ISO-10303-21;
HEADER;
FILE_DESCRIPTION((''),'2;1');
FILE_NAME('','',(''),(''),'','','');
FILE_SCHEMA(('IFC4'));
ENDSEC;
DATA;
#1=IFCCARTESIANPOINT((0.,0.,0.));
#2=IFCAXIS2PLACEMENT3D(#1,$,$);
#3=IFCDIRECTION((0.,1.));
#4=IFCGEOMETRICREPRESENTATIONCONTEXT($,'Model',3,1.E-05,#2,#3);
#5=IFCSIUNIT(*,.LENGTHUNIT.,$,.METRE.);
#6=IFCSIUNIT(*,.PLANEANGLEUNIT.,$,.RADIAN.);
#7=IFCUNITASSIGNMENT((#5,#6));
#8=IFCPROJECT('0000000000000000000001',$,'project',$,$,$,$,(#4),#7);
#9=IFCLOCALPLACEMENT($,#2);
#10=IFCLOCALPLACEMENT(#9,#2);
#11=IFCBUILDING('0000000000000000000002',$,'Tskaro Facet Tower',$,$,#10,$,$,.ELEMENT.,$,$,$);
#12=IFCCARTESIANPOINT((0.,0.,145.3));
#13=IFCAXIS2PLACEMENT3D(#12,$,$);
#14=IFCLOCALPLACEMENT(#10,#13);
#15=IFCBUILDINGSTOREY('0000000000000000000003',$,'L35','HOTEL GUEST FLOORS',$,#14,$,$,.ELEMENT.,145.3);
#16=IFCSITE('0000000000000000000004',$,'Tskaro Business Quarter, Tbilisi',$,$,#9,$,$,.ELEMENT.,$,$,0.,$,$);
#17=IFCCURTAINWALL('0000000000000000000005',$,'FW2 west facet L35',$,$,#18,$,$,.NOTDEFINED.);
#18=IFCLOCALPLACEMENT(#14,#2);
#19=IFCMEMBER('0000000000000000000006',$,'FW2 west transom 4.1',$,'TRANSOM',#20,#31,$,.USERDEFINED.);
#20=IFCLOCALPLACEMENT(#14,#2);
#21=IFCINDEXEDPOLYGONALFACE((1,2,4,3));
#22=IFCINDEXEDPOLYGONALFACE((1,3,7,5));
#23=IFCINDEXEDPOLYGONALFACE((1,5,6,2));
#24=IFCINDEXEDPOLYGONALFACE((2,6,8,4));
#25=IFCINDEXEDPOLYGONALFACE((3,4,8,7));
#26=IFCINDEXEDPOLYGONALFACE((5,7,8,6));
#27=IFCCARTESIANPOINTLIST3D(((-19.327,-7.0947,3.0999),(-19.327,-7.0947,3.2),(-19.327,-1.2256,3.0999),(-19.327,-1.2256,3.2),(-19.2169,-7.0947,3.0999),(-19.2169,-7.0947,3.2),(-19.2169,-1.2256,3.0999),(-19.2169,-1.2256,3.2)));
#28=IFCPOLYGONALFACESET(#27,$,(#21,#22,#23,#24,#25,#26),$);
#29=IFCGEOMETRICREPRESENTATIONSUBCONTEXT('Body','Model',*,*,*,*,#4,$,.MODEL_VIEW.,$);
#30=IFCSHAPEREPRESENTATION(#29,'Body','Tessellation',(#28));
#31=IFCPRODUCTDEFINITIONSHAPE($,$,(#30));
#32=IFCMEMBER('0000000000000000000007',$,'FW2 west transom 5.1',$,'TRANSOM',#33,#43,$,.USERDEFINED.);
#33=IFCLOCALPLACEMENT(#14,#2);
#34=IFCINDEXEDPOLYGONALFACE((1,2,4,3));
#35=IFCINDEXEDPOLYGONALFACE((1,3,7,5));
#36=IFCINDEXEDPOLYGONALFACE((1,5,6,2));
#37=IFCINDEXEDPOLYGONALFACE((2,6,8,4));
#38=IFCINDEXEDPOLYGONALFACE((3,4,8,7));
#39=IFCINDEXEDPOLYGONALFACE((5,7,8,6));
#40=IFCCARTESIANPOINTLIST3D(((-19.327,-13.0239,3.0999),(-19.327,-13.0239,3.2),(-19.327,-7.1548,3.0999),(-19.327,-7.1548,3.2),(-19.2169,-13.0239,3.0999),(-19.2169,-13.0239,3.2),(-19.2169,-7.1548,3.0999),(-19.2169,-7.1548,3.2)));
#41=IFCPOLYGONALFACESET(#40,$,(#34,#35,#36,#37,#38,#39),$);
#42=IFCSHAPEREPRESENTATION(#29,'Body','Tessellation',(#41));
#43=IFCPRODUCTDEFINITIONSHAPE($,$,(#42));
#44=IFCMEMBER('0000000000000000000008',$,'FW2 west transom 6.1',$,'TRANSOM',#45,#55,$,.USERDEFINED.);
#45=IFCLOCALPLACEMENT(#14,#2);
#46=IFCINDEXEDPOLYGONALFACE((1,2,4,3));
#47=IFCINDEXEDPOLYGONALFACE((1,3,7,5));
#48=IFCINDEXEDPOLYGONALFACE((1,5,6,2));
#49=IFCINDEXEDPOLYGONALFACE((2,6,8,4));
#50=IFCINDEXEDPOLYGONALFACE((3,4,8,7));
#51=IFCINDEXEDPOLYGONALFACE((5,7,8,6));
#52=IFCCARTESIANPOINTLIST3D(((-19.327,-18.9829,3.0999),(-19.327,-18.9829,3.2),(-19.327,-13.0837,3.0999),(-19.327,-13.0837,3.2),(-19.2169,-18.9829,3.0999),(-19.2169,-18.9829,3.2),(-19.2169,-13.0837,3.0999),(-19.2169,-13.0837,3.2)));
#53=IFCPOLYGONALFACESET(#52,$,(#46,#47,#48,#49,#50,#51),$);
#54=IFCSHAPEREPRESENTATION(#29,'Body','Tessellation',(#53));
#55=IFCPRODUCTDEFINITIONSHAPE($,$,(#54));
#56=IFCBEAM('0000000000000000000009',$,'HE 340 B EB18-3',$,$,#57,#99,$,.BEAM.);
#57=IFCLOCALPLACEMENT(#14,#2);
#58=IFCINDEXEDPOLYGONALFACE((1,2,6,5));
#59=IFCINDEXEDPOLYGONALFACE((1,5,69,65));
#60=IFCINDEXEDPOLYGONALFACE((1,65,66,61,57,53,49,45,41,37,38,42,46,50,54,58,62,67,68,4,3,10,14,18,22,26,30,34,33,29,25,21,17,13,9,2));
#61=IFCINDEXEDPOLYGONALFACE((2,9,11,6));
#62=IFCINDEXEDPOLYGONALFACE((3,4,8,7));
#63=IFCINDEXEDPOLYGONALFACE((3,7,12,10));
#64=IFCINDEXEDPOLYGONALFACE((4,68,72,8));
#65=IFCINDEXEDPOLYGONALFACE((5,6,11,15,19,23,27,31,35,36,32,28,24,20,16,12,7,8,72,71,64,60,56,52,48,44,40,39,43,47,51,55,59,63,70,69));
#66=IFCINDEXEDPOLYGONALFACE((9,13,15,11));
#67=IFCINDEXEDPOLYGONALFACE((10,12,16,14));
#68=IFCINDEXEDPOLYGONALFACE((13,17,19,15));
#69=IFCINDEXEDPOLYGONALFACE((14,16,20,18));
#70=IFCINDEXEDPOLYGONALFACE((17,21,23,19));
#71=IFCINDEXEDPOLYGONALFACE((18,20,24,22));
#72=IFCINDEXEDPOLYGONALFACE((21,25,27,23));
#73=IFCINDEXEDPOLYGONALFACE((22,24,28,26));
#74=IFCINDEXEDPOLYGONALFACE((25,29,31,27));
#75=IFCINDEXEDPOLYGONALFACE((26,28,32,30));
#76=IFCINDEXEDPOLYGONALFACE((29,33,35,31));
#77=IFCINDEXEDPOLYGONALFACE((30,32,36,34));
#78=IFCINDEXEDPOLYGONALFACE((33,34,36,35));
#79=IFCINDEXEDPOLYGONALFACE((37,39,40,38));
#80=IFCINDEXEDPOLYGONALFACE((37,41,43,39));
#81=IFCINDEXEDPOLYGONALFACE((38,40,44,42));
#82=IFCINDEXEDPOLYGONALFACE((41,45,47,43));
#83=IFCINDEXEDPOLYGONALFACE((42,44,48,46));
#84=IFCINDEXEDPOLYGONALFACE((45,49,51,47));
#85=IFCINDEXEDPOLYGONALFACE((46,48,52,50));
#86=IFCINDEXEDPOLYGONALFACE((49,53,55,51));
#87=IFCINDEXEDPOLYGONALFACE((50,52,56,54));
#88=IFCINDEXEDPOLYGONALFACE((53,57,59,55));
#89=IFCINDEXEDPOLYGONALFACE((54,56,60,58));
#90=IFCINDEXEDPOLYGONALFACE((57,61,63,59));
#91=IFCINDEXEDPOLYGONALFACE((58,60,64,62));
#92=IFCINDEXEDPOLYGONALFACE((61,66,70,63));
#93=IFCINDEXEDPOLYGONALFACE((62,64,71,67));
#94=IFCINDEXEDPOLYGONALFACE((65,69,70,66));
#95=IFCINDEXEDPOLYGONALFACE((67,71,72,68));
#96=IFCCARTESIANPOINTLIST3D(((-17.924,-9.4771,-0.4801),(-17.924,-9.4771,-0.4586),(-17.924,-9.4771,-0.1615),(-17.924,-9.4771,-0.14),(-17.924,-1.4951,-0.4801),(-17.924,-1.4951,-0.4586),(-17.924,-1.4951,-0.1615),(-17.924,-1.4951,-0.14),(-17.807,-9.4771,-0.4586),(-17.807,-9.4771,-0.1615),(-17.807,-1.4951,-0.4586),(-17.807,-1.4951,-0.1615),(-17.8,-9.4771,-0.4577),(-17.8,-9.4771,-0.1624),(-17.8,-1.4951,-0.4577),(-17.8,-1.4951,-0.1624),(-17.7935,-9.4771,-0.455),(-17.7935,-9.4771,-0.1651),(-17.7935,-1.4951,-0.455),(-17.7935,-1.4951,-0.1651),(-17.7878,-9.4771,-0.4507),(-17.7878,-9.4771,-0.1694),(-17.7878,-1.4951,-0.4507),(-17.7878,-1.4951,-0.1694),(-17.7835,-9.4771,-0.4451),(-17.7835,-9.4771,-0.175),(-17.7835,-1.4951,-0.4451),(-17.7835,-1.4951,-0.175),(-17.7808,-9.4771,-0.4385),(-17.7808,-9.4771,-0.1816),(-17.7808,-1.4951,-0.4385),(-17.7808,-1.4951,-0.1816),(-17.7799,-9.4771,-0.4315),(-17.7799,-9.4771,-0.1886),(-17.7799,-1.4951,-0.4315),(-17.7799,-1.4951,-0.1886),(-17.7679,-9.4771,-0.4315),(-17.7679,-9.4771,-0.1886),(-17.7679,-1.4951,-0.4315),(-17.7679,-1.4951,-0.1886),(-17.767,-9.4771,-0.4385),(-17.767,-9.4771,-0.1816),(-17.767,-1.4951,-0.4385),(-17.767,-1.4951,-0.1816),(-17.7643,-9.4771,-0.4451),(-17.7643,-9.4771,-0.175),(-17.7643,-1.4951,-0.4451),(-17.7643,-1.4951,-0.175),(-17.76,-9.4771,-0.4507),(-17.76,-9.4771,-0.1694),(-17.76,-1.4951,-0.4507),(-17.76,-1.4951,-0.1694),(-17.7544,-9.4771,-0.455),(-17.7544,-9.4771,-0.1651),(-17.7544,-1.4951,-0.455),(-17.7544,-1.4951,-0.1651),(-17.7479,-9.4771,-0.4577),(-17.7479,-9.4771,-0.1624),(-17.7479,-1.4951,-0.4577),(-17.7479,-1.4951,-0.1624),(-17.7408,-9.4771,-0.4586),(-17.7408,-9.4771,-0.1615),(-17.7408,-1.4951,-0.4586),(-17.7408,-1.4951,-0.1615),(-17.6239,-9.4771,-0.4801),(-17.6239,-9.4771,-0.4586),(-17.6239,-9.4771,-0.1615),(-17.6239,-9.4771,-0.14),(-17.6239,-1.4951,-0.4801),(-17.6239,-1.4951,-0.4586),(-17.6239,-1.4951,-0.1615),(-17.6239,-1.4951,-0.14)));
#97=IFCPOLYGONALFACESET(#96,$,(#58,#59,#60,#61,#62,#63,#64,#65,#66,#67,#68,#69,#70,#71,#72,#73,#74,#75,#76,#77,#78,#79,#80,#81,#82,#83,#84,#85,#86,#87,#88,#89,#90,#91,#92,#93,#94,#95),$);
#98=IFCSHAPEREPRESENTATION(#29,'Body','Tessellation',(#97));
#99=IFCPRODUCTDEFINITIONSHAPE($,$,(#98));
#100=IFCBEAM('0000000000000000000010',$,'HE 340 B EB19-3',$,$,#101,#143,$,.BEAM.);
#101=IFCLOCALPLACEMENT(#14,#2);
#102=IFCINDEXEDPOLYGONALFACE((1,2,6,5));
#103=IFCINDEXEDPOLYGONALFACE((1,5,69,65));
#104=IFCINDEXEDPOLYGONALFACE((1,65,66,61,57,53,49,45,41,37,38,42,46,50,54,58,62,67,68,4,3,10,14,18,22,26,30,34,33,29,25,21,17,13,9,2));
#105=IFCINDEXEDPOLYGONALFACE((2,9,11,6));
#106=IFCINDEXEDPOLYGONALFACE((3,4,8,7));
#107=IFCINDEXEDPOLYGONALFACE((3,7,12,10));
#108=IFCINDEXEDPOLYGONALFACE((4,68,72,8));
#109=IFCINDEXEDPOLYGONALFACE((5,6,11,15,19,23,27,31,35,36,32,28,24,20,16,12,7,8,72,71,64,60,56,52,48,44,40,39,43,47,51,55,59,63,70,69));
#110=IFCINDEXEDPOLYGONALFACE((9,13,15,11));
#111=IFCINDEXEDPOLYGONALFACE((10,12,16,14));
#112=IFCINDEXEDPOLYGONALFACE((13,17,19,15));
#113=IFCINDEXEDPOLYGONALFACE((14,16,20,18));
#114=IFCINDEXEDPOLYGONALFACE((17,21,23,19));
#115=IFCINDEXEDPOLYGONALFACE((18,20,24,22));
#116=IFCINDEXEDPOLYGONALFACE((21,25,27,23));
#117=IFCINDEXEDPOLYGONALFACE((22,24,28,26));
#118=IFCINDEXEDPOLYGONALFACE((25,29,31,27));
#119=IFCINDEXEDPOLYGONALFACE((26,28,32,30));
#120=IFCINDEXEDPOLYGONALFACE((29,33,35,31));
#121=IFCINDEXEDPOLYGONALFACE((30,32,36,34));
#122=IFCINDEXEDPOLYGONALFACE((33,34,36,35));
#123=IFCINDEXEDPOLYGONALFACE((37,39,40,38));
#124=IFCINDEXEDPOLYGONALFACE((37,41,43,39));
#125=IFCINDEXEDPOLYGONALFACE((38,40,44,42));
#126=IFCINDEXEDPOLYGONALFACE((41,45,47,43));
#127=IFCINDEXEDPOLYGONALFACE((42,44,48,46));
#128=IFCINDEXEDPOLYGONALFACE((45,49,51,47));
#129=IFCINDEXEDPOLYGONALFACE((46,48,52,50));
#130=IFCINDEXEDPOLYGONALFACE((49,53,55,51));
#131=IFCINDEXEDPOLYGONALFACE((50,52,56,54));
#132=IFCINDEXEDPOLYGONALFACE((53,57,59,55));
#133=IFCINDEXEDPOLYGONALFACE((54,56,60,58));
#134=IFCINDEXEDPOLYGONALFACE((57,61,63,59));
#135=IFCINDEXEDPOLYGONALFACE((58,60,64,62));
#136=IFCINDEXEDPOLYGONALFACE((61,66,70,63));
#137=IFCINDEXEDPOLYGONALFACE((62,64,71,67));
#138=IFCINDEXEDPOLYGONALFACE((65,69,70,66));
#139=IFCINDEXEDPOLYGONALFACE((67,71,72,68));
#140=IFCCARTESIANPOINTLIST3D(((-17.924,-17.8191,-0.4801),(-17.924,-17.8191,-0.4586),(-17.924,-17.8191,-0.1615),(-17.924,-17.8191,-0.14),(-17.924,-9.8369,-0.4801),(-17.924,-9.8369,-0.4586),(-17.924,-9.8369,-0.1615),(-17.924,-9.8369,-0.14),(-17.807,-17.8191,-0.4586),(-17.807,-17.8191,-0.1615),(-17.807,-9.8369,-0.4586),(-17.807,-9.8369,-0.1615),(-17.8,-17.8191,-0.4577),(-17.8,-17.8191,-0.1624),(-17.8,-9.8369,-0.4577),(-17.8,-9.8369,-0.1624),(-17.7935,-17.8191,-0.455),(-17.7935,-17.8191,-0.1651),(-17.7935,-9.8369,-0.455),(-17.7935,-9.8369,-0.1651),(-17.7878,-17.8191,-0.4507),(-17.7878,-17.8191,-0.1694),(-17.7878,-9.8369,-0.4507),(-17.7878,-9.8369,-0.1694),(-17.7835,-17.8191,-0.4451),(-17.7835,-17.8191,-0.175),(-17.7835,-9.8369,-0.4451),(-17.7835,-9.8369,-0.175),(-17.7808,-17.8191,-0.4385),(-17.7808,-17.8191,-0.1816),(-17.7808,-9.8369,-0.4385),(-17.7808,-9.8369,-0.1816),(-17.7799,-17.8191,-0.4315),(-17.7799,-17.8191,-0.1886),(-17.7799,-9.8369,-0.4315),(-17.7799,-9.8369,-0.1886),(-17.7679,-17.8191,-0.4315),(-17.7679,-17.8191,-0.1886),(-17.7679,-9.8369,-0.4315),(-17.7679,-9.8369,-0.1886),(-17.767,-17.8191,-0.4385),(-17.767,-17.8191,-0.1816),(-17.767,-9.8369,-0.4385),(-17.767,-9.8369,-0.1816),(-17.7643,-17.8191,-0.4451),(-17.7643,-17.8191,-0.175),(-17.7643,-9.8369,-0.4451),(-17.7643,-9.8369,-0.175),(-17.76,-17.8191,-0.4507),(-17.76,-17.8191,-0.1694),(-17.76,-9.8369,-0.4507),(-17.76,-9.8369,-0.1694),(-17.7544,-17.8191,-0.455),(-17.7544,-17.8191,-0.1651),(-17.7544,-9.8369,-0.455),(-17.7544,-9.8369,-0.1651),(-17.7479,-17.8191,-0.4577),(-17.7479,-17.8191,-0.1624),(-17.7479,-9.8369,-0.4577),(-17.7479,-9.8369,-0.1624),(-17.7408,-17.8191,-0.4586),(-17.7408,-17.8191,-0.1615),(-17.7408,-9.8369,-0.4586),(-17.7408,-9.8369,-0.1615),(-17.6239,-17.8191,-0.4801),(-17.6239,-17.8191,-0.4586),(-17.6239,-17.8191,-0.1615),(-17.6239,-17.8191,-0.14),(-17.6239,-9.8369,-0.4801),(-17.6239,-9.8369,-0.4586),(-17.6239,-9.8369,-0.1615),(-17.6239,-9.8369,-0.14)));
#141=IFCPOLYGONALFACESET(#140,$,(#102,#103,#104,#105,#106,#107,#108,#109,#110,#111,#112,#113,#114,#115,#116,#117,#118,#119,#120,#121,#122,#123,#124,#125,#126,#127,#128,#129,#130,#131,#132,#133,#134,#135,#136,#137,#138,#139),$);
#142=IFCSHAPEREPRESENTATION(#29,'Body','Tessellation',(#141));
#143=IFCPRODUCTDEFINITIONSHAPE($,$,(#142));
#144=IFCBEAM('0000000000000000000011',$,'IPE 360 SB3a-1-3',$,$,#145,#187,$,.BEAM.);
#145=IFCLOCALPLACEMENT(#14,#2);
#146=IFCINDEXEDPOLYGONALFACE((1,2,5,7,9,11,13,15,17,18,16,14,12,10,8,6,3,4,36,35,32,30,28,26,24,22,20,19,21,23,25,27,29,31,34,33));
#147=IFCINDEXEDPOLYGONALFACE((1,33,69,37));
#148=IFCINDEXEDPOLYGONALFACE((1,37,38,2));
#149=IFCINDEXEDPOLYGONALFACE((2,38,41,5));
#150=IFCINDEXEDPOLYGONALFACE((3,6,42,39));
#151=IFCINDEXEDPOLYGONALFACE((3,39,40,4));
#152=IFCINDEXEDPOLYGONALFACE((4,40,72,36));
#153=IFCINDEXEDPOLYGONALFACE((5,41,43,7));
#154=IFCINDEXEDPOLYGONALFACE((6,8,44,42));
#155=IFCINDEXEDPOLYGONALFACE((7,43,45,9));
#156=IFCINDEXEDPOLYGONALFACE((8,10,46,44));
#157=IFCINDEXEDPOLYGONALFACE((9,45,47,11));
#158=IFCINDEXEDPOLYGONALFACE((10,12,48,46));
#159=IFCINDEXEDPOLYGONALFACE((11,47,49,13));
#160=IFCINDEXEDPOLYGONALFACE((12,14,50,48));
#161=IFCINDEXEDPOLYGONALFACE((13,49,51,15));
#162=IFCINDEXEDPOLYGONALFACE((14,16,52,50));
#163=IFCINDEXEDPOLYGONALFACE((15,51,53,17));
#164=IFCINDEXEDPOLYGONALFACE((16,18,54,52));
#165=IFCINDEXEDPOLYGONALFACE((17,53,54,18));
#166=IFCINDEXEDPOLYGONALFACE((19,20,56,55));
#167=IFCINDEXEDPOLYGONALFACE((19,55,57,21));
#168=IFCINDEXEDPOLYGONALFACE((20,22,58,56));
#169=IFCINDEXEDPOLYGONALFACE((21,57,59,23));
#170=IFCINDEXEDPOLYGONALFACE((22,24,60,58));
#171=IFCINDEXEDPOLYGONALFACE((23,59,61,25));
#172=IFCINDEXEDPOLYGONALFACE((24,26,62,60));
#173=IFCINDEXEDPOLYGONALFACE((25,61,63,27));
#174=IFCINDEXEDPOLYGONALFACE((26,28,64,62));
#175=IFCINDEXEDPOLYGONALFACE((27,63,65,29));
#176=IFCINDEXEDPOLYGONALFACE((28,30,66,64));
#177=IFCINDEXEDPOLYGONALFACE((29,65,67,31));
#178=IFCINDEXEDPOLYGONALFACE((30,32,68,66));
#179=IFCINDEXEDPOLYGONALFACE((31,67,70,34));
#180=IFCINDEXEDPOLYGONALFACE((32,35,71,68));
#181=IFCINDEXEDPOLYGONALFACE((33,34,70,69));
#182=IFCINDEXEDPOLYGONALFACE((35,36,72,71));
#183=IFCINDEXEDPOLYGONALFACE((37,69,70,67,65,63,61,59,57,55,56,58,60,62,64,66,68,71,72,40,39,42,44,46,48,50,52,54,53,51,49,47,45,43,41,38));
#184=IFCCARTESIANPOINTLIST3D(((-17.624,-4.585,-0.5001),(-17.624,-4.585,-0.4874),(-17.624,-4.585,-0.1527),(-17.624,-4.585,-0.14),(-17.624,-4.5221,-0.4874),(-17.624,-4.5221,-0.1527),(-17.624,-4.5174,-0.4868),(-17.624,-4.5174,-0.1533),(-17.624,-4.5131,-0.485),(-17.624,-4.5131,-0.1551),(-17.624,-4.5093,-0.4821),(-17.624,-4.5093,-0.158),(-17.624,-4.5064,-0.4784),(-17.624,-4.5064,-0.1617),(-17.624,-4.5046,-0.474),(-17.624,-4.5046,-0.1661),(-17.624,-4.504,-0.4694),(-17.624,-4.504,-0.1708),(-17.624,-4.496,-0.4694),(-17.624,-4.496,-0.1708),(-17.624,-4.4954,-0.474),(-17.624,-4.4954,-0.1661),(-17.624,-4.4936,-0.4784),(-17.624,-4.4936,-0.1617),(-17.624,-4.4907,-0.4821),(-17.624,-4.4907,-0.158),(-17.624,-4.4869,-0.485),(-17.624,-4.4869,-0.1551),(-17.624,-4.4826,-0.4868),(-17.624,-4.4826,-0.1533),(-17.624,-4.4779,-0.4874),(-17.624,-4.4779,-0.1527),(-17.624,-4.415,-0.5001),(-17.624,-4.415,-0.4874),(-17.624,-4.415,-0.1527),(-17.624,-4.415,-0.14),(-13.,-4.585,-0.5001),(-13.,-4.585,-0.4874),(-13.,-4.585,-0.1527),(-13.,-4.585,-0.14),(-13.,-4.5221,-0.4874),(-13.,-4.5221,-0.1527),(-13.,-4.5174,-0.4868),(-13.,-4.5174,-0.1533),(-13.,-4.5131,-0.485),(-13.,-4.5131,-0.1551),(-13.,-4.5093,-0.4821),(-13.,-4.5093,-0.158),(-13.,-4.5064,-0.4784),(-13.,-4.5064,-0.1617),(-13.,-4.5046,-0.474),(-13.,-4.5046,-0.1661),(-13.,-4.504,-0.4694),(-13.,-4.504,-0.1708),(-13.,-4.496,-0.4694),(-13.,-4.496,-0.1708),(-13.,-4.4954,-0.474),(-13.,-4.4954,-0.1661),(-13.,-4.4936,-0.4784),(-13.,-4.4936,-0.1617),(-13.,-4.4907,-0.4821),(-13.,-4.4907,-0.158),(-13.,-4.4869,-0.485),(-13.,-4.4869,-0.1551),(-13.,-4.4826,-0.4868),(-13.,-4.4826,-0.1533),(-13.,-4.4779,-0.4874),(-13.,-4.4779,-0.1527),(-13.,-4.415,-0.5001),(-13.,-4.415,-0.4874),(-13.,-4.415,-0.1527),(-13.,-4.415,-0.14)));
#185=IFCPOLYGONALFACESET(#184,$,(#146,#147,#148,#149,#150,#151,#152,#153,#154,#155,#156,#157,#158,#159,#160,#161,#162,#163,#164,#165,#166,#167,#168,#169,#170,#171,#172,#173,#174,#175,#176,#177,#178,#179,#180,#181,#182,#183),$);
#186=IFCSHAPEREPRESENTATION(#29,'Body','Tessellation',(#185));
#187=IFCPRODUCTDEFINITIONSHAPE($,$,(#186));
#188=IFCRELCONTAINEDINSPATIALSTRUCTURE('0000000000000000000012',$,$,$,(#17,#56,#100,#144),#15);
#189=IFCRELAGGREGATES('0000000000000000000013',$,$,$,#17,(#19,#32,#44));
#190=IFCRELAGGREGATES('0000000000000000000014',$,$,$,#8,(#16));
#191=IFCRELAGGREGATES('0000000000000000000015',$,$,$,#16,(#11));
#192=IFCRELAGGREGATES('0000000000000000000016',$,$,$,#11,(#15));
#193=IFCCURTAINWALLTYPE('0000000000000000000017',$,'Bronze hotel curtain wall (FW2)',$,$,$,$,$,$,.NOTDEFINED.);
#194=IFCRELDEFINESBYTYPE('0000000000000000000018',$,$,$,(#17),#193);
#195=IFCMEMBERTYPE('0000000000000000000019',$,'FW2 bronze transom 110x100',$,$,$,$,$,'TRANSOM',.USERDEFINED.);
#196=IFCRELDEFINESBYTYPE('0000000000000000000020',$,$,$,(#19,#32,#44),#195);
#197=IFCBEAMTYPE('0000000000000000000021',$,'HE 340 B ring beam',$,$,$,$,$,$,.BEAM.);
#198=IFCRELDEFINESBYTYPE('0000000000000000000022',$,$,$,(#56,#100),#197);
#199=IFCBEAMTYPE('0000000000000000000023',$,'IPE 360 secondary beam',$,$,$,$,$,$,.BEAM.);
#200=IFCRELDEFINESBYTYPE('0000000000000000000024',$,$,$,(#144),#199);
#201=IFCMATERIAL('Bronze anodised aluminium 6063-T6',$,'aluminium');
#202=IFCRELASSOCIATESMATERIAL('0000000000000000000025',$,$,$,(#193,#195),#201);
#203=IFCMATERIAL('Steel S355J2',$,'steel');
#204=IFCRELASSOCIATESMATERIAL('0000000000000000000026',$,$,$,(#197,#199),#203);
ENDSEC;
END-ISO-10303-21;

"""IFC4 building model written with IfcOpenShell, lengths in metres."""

from ifc_helpers import new_model, si_unit, direction, frame, origin, origin_2d, place, context, subcontext, project, spatial, rectangle, i_section, extrude, material, material_profile, profile_set, type_object, element, aggregate, save


model = new_model("IFC4")

# Units and contexts
model_context = context("Model", 3, precision=1e-05, world=origin(), true_north=direction((0.0, 1.0)))
body_context = subcontext(model_context, "Body", "Model", "MODEL_VIEW")
ifc_project = project(units=[si_unit("LENGTHUNIT", "METRE"), si_unit("PLANEANGLEUNIT", "RADIAN")], contexts=[model_context])

# Site, building, storey
site_placement = place(None, origin())
site = spatial("IfcSite", under=ifc_project, at=site_placement, Name="Tskaro Business Quarter, Tbilisi", CompositionType="ELEMENT", RefElevation=0.0)
building_placement = place(site_placement, origin())
building = spatial("IfcBuilding", under=site, at=building_placement, Name="Tskaro Facet Tower", CompositionType="ELEMENT")
storey_placement = place(building_placement, frame((0.0, 0.0, 145.3)))
storey = spatial("IfcBuildingStorey", under=building, at=storey_placement, Name="L35", Description="HOTEL GUEST FLOORS", CompositionType="ELEMENT", Elevation=145.3)

# Curtain wall, members
ifc_material_1 = material(Name="Bronze anodised aluminium 6063-T6", Category="aluminium")
curtain_wall_type = type_object("IfcCurtainWallType", Name="Bronze hotel curtain wall (FW2)", PredefinedType="NOTDEFINED", material=ifc_material_1)
curtain_wall_placement = place(storey_placement, origin())
curtain_wall = element("IfcCurtainWall", 1, at=curtain_wall_placement, inside=storey, type_object=curtain_wall_type, Name="FW2 west facet L35", PredefinedType="NOTDEFINED")
ifc_material_profile_1 = material_profile(ifc_material_1, rectangle(XDim=0.1101, YDim=0.1001, at=origin_2d()), Name="Transom 110x100")
ifc_profile_set_1 = profile_set([ifc_material_profile_1], Name="Bronze anodised aluminium 6063-T6")
member_type_1 = type_object("IfcMemberType", Name="FW2 bronze transom 110x100", ElementType="TRANSOM", PredefinedType="USERDEFINED", material=ifc_profile_set_1)
member_1_placement = place(storey_placement, frame((-19.272, -1.2256, 3.1499), z_axis=(0.0, -1.0, 0.0), x_axis=(1.0, 0.0, 0.0)))
member_1 = element("IfcMember", 2, at=member_1_placement, type_object=member_type_1, Name="FW2 west transom 4.1", ObjectType="TRANSOM", PredefinedType="USERDEFINED", context=body_context, shape_type="SweptSolid", body=[
    extrude(rectangle(XDim=0.1101, YDim=0.1001, at=origin_2d()), origin(), (0.0, 0.0, 1.0), 5.8691),
])
member_2_placement = place(storey_placement, frame((-19.272, -7.1548, 3.1499), z_axis=(0.0, -1.0, 0.0), x_axis=(1.0, 0.0, 0.0)))
member_2 = element("IfcMember", 3, at=member_2_placement, type_object=member_type_1, Name="FW2 west transom 5.1", ObjectType="TRANSOM", PredefinedType="USERDEFINED", context=body_context, shape_type="SweptSolid", body=[
    extrude(rectangle(XDim=0.1101, YDim=0.1001, at=origin_2d()), origin(), (0.0, 0.0, 1.0), 5.8691),
])
member_3_placement = place(storey_placement, frame((-19.272, -13.0837, 3.1499), z_axis=(0.0, -1.0, 0.0), x_axis=(1.0, 0.0, 0.0)))
member_3 = element("IfcMember", 4, at=member_3_placement, type_object=member_type_1, Name="FW2 west transom 6.1", ObjectType="TRANSOM", PredefinedType="USERDEFINED", context=body_context, shape_type="SweptSolid", body=[
    extrude(rectangle(XDim=0.1101, YDim=0.1001, at=origin_2d()), origin(), (0.0, 0.0, 1.0), 5.8992),
])

# Beams
ifc_material_2 = material(Name="Steel S355J2", Category="steel")
ifc_material_profile_2 = material_profile(ifc_material_2, i_section(OverallWidth=0.3, OverallDepth=0.3401, WebThickness=0.012, FlangeThickness=0.0215, FilletRadius=0.0271, at=origin_2d()), Name="HE 340 B")
ifc_profile_set_2 = profile_set([ifc_material_profile_2], Name="Steel S355J2")
beam_type_1 = type_object("IfcBeamType", Name="HE 340 B ring beam", PredefinedType="BEAM", material=ifc_profile_set_2)
beam_1_placement = place(storey_placement, frame((-17.7739, -1.4951, -0.3101), z_axis=(0.0, -1.0, 0.0), x_axis=(1.0, 0.0, 0.0)))
element("IfcBeam", 5, at=beam_1_placement, inside=storey, type_object=beam_type_1, Name="HE 340 B EB18-3", PredefinedType="BEAM", context=body_context, shape_type="SweptSolid", body=[
    extrude(i_section(OverallWidth=0.3, OverallDepth=0.3401, WebThickness=0.012, FlangeThickness=0.0215, FilletRadius=0.0271, at=origin_2d()), origin(), (0.0, 0.0, 1.0), 7.9819),
])
beam_2_placement = place(storey_placement, frame((-17.7739, -9.8369, -0.3101), z_axis=(0.0, -1.0, 0.0), x_axis=(1.0, 0.0, 0.0)))
element("IfcBeam", 6, at=beam_2_placement, inside=storey, type_object=beam_type_1, Name="HE 340 B EB19-3", PredefinedType="BEAM", context=body_context, shape_type="SweptSolid", body=[
    extrude(i_section(OverallWidth=0.3, OverallDepth=0.3401, WebThickness=0.012, FlangeThickness=0.0215, FilletRadius=0.0271, at=origin_2d()), origin(), (0.0, 0.0, 1.0), 7.9822),
])
ifc_material_profile_3 = material_profile(ifc_material_2, i_section(OverallWidth=0.1699, OverallDepth=0.3601, WebThickness=0.0081, FlangeThickness=0.0127, FilletRadius=0.0181, at=origin_2d()), Name="IPE 360")
ifc_profile_set_3 = profile_set([ifc_material_profile_3], Name="Steel S355J2")
beam_type_2 = type_object("IfcBeamType", Name="IPE 360 secondary beam", PredefinedType="BEAM", material=ifc_profile_set_3)
beam_3_placement = place(storey_placement, frame((-17.624, -4.5, -0.3201), z_axis=(1.0, 0.0, 0.0), x_axis=(0.0, 1.0, 0.0)))
element("IfcBeam", 7, at=beam_3_placement, inside=storey, type_object=beam_type_2, Name="IPE 360 SB3a-1-3", PredefinedType="BEAM", context=body_context, shape_type="SweptSolid", body=[
    extrude(i_section(OverallWidth=0.1699, OverallDepth=0.3601, WebThickness=0.0081, FlangeThickness=0.0127, FilletRadius=0.0181, at=origin_2d()), origin(), (0.0, 0.0, 1.0), 4.624),
])

aggregate(curtain_wall, [member_1, member_2, member_3])

save(model, "model.ifc")
